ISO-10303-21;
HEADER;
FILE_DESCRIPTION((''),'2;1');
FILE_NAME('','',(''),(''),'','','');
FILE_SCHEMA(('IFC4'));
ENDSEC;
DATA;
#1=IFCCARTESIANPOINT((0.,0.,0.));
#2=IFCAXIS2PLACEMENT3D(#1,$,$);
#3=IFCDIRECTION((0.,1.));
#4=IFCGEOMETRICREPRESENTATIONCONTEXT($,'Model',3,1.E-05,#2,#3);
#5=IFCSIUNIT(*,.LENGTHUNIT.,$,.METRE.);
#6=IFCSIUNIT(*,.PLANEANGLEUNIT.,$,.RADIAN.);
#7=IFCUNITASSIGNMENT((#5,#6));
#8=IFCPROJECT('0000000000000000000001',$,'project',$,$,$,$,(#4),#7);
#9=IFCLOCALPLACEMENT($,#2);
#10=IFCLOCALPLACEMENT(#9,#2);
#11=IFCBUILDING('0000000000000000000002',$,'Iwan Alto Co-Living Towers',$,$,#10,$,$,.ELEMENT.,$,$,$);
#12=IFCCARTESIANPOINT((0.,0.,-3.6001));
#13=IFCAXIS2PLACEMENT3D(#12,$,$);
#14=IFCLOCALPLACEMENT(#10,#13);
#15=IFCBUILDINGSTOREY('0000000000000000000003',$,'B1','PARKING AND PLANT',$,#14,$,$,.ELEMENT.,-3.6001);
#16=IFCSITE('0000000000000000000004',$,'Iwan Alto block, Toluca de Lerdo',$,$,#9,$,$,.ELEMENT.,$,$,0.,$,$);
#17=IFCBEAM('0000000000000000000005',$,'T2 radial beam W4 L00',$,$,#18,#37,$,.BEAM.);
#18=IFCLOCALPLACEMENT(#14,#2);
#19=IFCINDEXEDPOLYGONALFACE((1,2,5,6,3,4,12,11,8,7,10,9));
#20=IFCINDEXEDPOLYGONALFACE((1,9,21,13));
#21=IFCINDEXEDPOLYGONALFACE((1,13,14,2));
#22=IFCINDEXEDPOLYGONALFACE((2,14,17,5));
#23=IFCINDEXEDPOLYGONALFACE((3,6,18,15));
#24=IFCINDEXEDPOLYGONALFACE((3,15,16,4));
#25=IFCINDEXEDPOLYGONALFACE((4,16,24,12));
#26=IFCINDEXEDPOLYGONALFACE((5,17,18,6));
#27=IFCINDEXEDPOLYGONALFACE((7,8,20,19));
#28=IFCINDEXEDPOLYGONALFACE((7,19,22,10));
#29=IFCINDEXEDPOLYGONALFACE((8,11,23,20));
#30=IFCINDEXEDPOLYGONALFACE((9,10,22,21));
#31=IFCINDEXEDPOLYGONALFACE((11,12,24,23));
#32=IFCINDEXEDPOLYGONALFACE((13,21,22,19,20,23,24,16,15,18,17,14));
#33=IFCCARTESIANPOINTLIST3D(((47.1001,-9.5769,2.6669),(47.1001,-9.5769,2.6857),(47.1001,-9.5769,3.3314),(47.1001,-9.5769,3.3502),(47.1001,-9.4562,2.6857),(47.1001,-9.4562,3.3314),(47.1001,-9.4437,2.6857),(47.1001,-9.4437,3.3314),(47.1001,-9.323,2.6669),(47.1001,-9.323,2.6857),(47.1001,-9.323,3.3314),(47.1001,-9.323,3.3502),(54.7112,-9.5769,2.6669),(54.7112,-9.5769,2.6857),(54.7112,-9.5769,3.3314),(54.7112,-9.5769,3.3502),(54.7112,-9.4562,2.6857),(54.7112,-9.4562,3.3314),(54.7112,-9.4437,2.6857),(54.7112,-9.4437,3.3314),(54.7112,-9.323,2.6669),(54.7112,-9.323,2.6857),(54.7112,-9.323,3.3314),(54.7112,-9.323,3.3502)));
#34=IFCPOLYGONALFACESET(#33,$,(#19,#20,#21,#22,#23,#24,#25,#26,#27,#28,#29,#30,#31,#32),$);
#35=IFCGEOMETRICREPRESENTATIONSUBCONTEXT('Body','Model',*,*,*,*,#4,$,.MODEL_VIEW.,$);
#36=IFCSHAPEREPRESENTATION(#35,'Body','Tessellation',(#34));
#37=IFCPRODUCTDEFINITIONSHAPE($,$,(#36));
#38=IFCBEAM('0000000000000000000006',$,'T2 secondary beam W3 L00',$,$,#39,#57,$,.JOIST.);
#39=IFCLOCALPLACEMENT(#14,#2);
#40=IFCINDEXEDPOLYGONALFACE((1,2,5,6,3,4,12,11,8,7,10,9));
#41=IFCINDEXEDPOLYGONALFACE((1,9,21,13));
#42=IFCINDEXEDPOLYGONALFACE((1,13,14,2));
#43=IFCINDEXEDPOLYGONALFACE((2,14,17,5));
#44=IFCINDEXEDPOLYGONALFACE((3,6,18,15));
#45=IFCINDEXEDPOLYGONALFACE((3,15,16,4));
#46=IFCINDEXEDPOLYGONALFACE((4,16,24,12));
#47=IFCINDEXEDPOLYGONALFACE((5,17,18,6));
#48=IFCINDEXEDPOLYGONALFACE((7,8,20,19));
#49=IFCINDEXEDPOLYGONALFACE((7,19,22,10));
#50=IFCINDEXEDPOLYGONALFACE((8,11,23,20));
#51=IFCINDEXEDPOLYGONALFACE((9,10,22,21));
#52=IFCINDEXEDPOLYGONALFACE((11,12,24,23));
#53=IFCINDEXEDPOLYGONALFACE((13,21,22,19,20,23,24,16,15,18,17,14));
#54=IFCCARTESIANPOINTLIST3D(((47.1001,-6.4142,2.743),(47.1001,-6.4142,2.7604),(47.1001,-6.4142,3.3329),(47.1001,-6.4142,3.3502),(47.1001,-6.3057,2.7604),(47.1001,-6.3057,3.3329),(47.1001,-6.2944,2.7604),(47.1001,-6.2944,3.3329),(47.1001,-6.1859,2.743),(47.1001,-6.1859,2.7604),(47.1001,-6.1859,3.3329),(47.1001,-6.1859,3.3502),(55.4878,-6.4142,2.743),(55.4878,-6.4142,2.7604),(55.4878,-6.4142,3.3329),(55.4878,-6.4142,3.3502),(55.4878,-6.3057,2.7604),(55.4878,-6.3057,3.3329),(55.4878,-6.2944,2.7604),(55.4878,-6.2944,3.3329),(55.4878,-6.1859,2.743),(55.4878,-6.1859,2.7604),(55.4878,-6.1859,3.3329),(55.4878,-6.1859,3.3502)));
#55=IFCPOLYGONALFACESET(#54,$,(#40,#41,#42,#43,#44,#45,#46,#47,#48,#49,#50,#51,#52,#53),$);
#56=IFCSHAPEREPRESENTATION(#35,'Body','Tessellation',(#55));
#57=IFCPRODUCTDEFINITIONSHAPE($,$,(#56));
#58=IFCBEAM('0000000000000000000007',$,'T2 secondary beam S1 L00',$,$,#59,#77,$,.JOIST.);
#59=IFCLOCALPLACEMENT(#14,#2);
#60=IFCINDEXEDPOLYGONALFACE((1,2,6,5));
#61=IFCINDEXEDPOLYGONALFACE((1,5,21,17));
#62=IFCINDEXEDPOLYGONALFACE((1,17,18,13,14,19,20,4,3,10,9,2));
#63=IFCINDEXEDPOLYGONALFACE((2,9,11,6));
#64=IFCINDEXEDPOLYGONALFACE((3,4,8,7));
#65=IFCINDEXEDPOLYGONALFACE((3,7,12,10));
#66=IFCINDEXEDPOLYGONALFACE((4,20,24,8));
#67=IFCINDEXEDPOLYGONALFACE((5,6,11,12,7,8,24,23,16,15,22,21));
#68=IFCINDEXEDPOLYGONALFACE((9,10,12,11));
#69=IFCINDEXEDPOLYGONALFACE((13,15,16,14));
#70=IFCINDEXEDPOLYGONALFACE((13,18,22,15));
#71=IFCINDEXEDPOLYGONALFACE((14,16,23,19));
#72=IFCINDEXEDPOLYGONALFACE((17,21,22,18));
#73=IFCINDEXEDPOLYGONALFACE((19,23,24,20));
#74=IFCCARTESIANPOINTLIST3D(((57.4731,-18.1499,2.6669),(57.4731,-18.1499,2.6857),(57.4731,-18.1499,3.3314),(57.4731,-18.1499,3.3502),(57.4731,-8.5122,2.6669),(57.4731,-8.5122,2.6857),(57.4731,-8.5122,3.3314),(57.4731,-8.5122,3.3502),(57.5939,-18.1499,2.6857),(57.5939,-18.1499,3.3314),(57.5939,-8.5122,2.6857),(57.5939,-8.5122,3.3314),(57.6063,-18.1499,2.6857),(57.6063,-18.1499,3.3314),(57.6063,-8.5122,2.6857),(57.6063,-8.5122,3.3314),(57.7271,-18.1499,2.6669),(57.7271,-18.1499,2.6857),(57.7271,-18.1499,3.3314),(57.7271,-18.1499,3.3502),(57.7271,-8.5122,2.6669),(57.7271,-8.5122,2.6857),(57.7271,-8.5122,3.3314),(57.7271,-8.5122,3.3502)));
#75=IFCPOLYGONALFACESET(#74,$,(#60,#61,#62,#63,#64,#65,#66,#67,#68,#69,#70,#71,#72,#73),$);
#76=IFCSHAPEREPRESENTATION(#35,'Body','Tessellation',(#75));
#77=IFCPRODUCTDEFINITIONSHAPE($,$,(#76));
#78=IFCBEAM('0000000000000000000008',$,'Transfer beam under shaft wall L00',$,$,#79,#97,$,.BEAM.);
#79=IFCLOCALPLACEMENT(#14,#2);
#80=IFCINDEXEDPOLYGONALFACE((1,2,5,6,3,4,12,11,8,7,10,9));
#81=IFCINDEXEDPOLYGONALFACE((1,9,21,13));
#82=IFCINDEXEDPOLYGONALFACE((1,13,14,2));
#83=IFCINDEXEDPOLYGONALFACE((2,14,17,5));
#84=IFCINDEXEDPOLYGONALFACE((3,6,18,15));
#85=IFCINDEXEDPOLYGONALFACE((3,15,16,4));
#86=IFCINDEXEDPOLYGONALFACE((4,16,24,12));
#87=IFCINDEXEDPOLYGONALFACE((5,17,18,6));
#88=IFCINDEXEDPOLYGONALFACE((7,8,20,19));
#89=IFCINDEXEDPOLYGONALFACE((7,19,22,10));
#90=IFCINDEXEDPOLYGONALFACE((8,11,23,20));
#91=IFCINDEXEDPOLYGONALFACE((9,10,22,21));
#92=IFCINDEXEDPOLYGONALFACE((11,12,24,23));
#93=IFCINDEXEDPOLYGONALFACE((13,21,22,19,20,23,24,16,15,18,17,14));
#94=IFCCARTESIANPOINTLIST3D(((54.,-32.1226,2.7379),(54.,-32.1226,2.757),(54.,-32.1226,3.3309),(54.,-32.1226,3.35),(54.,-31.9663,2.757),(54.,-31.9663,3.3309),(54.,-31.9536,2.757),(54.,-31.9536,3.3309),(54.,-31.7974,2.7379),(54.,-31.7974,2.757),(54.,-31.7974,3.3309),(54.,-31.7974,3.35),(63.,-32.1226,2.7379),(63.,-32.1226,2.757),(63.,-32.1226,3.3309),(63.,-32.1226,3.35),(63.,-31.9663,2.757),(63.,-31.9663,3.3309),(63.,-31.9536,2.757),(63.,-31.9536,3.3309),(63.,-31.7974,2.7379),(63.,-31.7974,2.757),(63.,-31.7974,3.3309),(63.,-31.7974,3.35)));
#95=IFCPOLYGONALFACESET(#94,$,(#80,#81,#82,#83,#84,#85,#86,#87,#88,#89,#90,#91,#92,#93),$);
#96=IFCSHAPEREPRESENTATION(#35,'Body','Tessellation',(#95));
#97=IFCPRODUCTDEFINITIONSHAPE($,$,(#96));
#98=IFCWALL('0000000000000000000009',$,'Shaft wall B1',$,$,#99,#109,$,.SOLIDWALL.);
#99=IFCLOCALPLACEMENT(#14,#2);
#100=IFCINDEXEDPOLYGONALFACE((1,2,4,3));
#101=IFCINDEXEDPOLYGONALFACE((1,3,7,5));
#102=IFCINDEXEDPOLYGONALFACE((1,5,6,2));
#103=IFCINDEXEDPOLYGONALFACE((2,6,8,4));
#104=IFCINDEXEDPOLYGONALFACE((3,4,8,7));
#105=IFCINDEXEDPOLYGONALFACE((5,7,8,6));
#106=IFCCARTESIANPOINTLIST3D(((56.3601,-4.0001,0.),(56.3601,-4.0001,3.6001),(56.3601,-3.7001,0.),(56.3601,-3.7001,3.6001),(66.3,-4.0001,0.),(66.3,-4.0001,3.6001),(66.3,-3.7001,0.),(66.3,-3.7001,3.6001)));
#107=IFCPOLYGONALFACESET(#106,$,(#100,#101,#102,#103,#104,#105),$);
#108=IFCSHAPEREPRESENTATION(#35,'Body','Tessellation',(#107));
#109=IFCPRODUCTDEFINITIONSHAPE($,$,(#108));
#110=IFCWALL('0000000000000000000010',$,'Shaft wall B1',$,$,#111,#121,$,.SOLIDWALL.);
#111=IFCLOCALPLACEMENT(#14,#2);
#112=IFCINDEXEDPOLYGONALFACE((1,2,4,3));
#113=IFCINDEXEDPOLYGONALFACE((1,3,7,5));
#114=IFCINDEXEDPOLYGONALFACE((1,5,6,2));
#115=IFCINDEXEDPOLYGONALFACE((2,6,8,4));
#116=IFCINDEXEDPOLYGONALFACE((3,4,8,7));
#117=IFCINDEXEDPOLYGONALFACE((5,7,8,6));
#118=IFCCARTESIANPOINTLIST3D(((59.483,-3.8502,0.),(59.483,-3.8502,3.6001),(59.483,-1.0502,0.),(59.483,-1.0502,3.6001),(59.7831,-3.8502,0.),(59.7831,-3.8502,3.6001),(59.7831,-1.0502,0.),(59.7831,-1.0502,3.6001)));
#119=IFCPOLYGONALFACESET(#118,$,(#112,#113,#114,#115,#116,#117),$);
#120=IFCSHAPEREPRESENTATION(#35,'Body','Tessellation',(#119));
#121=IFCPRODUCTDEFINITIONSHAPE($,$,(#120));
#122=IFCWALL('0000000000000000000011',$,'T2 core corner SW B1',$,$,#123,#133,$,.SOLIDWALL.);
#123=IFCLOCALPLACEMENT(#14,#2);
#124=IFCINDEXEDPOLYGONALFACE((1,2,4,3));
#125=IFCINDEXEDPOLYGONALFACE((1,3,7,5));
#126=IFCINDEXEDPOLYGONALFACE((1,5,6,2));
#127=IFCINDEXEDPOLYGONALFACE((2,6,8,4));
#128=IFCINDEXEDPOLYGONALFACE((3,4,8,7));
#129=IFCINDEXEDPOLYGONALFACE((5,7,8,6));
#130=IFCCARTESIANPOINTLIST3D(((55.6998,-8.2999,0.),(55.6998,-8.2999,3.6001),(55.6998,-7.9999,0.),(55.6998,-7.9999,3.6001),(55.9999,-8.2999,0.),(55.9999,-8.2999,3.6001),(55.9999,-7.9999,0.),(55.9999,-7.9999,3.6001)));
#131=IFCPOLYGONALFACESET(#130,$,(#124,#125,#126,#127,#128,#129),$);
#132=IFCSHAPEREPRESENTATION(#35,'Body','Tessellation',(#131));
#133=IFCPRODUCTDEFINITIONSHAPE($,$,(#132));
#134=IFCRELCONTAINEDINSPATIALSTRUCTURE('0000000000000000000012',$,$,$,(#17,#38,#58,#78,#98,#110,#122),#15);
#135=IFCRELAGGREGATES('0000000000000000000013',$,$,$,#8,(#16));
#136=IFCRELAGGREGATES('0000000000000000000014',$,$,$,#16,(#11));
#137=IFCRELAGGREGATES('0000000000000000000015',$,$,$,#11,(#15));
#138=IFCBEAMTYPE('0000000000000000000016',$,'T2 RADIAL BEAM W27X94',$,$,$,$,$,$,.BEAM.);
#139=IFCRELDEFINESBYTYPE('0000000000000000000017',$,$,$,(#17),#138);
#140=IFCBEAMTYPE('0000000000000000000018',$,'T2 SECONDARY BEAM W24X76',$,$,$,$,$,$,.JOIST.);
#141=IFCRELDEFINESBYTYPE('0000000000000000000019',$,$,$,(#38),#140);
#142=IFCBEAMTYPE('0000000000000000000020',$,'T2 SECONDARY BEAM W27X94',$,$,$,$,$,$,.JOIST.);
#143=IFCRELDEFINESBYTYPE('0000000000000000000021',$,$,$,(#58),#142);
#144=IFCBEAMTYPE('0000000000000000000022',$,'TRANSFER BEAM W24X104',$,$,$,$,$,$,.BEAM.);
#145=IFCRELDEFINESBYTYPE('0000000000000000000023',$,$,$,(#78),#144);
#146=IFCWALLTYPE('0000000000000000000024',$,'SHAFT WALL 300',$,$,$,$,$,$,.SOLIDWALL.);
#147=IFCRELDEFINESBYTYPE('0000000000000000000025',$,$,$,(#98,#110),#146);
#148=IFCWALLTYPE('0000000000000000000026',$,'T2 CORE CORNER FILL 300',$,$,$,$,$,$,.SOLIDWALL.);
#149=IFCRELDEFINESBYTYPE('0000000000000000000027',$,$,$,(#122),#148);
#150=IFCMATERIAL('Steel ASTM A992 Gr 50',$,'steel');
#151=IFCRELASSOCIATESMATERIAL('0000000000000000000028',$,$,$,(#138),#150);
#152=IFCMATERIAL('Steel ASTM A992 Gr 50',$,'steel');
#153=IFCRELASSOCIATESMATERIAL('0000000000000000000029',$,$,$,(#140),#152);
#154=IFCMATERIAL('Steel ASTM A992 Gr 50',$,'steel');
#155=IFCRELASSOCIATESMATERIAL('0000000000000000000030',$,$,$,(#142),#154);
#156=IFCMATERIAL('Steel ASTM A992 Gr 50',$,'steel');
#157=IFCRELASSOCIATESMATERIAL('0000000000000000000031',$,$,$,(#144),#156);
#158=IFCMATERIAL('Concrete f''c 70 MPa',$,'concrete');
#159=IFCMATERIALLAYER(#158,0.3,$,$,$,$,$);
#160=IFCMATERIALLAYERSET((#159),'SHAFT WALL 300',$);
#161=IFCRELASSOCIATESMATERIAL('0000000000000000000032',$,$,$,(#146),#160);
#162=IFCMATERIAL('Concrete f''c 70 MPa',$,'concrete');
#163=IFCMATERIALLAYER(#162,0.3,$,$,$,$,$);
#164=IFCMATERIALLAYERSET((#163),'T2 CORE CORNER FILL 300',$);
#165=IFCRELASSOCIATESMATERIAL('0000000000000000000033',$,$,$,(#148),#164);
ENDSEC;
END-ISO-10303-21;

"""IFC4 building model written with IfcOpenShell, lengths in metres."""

from ifc_helpers import new_model, si_unit, direction, frame, frame_2d, origin, origin_2d, place, context, subcontext, project, spatial, rectangle, i_section, extrude, material, layer, layer_set, material_profile, profile_set, type_object, element, save


model = new_model("IFC4")

# Units and contexts
model_context = context("Model", 3, precision=1e-05, world=origin(), true_north=direction((0.0, 1.0)))
body_context = subcontext(model_context, "Body", "Model", "MODEL_VIEW")
ifc_project = project(units=[si_unit("LENGTHUNIT", "METRE"), si_unit("PLANEANGLEUNIT", "RADIAN")], contexts=[model_context])

# Site, building, storey
site_placement = place(None, origin())
site = spatial("IfcSite", under=ifc_project, at=site_placement, Name="Iwan Alto block, Toluca de Lerdo", CompositionType="ELEMENT", RefElevation=0.0)
building_placement = place(site_placement, origin())
building = spatial("IfcBuilding", under=site, at=building_placement, Name="Iwan Alto Co-Living Towers", CompositionType="ELEMENT")
storey_placement = place(building_placement, frame((0.0, 0.0, -3.6001)))
storey = spatial("IfcBuildingStorey", under=building, at=storey_placement, Name="B1", Description="PARKING AND PLANT", CompositionType="ELEMENT", Elevation=-3.6001)

# Beams
ifc_material_1 = material(Name="Steel ASTM A992 Gr 50", Category="steel")
ifc_material_profile_1 = material_profile(ifc_material_1, i_section(OverallWidth=0.2539, OverallDepth=0.6833, WebThickness=0.0125, FlangeThickness=0.0188, at=origin_2d()), Name="W27X94")
ifc_profile_set_1 = profile_set([ifc_material_profile_1], Name="Steel ASTM A992 Gr 50")
beam_type_1 = type_object("IfcBeamType", Name="T2 RADIAL BEAM W27X94", PredefinedType="BEAM", material=ifc_profile_set_1)
beam_1_placement = place(storey_placement, frame((47.1001, -9.45, 3.0085), z_axis=(1.0, 0.0, 0.0), x_axis=(0.0, 1.0, 0.0)))
element("IfcBeam", 1, at=beam_1_placement, inside=storey, type_object=beam_type_1, Name="T2 radial beam W4 L00", PredefinedType="BEAM", context=body_context, shape_type="SweptSolid", body=[
    extrude(i_section(OverallWidth=0.2539, OverallDepth=0.6833, WebThickness=0.0125, FlangeThickness=0.0188, at=origin_2d()), origin(), (0.0, 0.0, 1.0), 7.6111),
])
ifc_material_2 = material(Name="Steel ASTM A992 Gr 50", Category="steel")
ifc_material_profile_2 = material_profile(ifc_material_2, i_section(OverallWidth=0.2283, OverallDepth=0.6072, WebThickness=0.0112, FlangeThickness=0.0173, at=origin_2d()), Name="W24X76")
ifc_profile_set_2 = profile_set([ifc_material_profile_2], Name="Steel ASTM A992 Gr 50")
beam_type_2 = type_object("IfcBeamType", Name="T2 SECONDARY BEAM W24X76", PredefinedType="JOIST", material=ifc_profile_set_2)
beam_2_placement = place(storey_placement, frame((47.1001, -6.3, 3.0466), z_axis=(1.0, 0.0, 0.0), x_axis=(0.0, 1.0, 0.0)))
element("IfcBeam", 2, at=beam_2_placement, inside=storey, type_object=beam_type_2, Name="T2 secondary beam W3 L00", PredefinedType="JOIST", context=body_context, shape_type="SweptSolid", body=[
    extrude(i_section(OverallWidth=0.2283, OverallDepth=0.6072, WebThickness=0.0112, FlangeThickness=0.0173, at=origin_2d()), origin(), (0.0, 0.0, 1.0), 8.3877),
])
ifc_material_3 = material(Name="Steel ASTM A992 Gr 50", Category="steel")
ifc_material_profile_3 = material_profile(ifc_material_3, i_section(OverallWidth=0.2539, OverallDepth=0.6833, WebThickness=0.0125, FlangeThickness=0.0188, at=origin_2d()), Name="W27X94")
ifc_profile_set_3 = profile_set([ifc_material_profile_3], Name="Steel ASTM A992 Gr 50")
beam_type_3 = type_object("IfcBeamType", Name="T2 SECONDARY BEAM W27X94", PredefinedType="JOIST", material=ifc_profile_set_3)
beam_3_placement = place(storey_placement, frame((57.6001, -18.1499, 3.0085), z_axis=(0.0, 1.0, 0.0), x_axis=(-1.0, 0.0, 0.0)))
element("IfcBeam", 3, at=beam_3_placement, inside=storey, type_object=beam_type_3, Name="T2 secondary beam S1 L00", PredefinedType="JOIST", context=body_context, shape_type="SweptSolid", body=[
    extrude(i_section(OverallWidth=0.2539, OverallDepth=0.6833, WebThickness=0.0125, FlangeThickness=0.0188, at=origin_2d()), origin(), (0.0, 0.0, 1.0), 9.6377),
])
ifc_material_4 = material(Name="Steel ASTM A992 Gr 50", Category="steel")
ifc_material_profile_4 = material_profile(ifc_material_4, i_section(OverallWidth=0.3252, OverallDepth=0.6121, WebThickness=0.0127, FlangeThickness=0.019, at=origin_2d()), Name="W24X104")
ifc_profile_set_4 = profile_set([ifc_material_profile_4], Name="Steel ASTM A992 Gr 50")
beam_type_4 = type_object("IfcBeamType", Name="TRANSFER BEAM W24X104", PredefinedType="BEAM", material=ifc_profile_set_4)
beam_4_placement = place(storey_placement, frame((54.0, -31.96, 3.0439), z_axis=(1.0, 0.0, 0.0), x_axis=(0.0, 1.0, 0.0)))
element("IfcBeam", 4, at=beam_4_placement, inside=storey, type_object=beam_type_4, Name="Transfer beam under shaft wall L00", PredefinedType="BEAM", context=body_context, shape_type="SweptSolid", body=[
    extrude(i_section(OverallWidth=0.3252, OverallDepth=0.6121, WebThickness=0.0127, FlangeThickness=0.019, at=origin_2d()), origin(), (0.0, 0.0, 1.0), 9.0),
])

# Walls
ifc_material_5 = material(Name="Concrete f'c 70 MPa", Category="concrete")
ifc_layer_1 = layer(ifc_material_5, 0.3)
ifc_layer_set_1 = layer_set([ifc_layer_1], Name="SHAFT WALL 300")
wall_type_1 = type_object("IfcWallType", Name="SHAFT WALL 300", PredefinedType="SOLIDWALL", material=ifc_layer_set_1)
wall_1_placement = place(storey_placement, frame((56.3601, -3.8501, 0.0), z_axis=(0.0, 0.0, 1.0), x_axis=(1.0, 0.0, 0.0)))
element("IfcWall", 5, at=wall_1_placement, inside=storey, type_object=wall_type_1, Name="Shaft wall B1", PredefinedType="SOLIDWALL", context=body_context, shape_type="SweptSolid", body=[
    extrude(rectangle(XDim=9.9399, YDim=0.3, at=frame_2d((4.97, 0.0))), origin(), (0.0, 0.0, 1.0), 3.6001),
])
wall_2_placement = place(storey_placement, frame((59.6331, -3.8501, 0.0), z_axis=(0.0, 0.0, 1.0), x_axis=(0.0, 1.0, 0.0)))
element("IfcWall", 6, at=wall_2_placement, inside=storey, type_object=wall_type_1, Name="Shaft wall B1", PredefinedType="SOLIDWALL", context=body_context, shape_type="SweptSolid", body=[
    extrude(rectangle(XDim=2.8, YDim=0.3, at=frame_2d((1.3999, 0.0))), origin(), (0.0, 0.0, 1.0), 3.6001),
])
ifc_material_6 = material(Name="Concrete f'c 70 MPa", Category="concrete")
ifc_layer_2 = layer(ifc_material_6, 0.3)
ifc_layer_set_2 = layer_set([ifc_layer_2], Name="T2 CORE CORNER FILL 300")
wall_type_2 = type_object("IfcWallType", Name="T2 CORE CORNER FILL 300", PredefinedType="SOLIDWALL", material=ifc_layer_set_2)
wall_3_placement = place(storey_placement, frame((55.7, -8.1499, 0.0), z_axis=(0.0, 0.0, 1.0), x_axis=(1.0, 0.0, 0.0)))
element("IfcWall", 7, at=wall_3_placement, inside=storey, type_object=wall_type_2, Name="T2 core corner SW B1", PredefinedType="SOLIDWALL", context=body_context, shape_type="SweptSolid", body=[
    extrude(rectangle(XDim=0.3, YDim=0.3, at=frame_2d((0.1499, 0.0))), origin(), (0.0, 0.0, 1.0), 3.6001),
])

save(model, "model.ifc")
